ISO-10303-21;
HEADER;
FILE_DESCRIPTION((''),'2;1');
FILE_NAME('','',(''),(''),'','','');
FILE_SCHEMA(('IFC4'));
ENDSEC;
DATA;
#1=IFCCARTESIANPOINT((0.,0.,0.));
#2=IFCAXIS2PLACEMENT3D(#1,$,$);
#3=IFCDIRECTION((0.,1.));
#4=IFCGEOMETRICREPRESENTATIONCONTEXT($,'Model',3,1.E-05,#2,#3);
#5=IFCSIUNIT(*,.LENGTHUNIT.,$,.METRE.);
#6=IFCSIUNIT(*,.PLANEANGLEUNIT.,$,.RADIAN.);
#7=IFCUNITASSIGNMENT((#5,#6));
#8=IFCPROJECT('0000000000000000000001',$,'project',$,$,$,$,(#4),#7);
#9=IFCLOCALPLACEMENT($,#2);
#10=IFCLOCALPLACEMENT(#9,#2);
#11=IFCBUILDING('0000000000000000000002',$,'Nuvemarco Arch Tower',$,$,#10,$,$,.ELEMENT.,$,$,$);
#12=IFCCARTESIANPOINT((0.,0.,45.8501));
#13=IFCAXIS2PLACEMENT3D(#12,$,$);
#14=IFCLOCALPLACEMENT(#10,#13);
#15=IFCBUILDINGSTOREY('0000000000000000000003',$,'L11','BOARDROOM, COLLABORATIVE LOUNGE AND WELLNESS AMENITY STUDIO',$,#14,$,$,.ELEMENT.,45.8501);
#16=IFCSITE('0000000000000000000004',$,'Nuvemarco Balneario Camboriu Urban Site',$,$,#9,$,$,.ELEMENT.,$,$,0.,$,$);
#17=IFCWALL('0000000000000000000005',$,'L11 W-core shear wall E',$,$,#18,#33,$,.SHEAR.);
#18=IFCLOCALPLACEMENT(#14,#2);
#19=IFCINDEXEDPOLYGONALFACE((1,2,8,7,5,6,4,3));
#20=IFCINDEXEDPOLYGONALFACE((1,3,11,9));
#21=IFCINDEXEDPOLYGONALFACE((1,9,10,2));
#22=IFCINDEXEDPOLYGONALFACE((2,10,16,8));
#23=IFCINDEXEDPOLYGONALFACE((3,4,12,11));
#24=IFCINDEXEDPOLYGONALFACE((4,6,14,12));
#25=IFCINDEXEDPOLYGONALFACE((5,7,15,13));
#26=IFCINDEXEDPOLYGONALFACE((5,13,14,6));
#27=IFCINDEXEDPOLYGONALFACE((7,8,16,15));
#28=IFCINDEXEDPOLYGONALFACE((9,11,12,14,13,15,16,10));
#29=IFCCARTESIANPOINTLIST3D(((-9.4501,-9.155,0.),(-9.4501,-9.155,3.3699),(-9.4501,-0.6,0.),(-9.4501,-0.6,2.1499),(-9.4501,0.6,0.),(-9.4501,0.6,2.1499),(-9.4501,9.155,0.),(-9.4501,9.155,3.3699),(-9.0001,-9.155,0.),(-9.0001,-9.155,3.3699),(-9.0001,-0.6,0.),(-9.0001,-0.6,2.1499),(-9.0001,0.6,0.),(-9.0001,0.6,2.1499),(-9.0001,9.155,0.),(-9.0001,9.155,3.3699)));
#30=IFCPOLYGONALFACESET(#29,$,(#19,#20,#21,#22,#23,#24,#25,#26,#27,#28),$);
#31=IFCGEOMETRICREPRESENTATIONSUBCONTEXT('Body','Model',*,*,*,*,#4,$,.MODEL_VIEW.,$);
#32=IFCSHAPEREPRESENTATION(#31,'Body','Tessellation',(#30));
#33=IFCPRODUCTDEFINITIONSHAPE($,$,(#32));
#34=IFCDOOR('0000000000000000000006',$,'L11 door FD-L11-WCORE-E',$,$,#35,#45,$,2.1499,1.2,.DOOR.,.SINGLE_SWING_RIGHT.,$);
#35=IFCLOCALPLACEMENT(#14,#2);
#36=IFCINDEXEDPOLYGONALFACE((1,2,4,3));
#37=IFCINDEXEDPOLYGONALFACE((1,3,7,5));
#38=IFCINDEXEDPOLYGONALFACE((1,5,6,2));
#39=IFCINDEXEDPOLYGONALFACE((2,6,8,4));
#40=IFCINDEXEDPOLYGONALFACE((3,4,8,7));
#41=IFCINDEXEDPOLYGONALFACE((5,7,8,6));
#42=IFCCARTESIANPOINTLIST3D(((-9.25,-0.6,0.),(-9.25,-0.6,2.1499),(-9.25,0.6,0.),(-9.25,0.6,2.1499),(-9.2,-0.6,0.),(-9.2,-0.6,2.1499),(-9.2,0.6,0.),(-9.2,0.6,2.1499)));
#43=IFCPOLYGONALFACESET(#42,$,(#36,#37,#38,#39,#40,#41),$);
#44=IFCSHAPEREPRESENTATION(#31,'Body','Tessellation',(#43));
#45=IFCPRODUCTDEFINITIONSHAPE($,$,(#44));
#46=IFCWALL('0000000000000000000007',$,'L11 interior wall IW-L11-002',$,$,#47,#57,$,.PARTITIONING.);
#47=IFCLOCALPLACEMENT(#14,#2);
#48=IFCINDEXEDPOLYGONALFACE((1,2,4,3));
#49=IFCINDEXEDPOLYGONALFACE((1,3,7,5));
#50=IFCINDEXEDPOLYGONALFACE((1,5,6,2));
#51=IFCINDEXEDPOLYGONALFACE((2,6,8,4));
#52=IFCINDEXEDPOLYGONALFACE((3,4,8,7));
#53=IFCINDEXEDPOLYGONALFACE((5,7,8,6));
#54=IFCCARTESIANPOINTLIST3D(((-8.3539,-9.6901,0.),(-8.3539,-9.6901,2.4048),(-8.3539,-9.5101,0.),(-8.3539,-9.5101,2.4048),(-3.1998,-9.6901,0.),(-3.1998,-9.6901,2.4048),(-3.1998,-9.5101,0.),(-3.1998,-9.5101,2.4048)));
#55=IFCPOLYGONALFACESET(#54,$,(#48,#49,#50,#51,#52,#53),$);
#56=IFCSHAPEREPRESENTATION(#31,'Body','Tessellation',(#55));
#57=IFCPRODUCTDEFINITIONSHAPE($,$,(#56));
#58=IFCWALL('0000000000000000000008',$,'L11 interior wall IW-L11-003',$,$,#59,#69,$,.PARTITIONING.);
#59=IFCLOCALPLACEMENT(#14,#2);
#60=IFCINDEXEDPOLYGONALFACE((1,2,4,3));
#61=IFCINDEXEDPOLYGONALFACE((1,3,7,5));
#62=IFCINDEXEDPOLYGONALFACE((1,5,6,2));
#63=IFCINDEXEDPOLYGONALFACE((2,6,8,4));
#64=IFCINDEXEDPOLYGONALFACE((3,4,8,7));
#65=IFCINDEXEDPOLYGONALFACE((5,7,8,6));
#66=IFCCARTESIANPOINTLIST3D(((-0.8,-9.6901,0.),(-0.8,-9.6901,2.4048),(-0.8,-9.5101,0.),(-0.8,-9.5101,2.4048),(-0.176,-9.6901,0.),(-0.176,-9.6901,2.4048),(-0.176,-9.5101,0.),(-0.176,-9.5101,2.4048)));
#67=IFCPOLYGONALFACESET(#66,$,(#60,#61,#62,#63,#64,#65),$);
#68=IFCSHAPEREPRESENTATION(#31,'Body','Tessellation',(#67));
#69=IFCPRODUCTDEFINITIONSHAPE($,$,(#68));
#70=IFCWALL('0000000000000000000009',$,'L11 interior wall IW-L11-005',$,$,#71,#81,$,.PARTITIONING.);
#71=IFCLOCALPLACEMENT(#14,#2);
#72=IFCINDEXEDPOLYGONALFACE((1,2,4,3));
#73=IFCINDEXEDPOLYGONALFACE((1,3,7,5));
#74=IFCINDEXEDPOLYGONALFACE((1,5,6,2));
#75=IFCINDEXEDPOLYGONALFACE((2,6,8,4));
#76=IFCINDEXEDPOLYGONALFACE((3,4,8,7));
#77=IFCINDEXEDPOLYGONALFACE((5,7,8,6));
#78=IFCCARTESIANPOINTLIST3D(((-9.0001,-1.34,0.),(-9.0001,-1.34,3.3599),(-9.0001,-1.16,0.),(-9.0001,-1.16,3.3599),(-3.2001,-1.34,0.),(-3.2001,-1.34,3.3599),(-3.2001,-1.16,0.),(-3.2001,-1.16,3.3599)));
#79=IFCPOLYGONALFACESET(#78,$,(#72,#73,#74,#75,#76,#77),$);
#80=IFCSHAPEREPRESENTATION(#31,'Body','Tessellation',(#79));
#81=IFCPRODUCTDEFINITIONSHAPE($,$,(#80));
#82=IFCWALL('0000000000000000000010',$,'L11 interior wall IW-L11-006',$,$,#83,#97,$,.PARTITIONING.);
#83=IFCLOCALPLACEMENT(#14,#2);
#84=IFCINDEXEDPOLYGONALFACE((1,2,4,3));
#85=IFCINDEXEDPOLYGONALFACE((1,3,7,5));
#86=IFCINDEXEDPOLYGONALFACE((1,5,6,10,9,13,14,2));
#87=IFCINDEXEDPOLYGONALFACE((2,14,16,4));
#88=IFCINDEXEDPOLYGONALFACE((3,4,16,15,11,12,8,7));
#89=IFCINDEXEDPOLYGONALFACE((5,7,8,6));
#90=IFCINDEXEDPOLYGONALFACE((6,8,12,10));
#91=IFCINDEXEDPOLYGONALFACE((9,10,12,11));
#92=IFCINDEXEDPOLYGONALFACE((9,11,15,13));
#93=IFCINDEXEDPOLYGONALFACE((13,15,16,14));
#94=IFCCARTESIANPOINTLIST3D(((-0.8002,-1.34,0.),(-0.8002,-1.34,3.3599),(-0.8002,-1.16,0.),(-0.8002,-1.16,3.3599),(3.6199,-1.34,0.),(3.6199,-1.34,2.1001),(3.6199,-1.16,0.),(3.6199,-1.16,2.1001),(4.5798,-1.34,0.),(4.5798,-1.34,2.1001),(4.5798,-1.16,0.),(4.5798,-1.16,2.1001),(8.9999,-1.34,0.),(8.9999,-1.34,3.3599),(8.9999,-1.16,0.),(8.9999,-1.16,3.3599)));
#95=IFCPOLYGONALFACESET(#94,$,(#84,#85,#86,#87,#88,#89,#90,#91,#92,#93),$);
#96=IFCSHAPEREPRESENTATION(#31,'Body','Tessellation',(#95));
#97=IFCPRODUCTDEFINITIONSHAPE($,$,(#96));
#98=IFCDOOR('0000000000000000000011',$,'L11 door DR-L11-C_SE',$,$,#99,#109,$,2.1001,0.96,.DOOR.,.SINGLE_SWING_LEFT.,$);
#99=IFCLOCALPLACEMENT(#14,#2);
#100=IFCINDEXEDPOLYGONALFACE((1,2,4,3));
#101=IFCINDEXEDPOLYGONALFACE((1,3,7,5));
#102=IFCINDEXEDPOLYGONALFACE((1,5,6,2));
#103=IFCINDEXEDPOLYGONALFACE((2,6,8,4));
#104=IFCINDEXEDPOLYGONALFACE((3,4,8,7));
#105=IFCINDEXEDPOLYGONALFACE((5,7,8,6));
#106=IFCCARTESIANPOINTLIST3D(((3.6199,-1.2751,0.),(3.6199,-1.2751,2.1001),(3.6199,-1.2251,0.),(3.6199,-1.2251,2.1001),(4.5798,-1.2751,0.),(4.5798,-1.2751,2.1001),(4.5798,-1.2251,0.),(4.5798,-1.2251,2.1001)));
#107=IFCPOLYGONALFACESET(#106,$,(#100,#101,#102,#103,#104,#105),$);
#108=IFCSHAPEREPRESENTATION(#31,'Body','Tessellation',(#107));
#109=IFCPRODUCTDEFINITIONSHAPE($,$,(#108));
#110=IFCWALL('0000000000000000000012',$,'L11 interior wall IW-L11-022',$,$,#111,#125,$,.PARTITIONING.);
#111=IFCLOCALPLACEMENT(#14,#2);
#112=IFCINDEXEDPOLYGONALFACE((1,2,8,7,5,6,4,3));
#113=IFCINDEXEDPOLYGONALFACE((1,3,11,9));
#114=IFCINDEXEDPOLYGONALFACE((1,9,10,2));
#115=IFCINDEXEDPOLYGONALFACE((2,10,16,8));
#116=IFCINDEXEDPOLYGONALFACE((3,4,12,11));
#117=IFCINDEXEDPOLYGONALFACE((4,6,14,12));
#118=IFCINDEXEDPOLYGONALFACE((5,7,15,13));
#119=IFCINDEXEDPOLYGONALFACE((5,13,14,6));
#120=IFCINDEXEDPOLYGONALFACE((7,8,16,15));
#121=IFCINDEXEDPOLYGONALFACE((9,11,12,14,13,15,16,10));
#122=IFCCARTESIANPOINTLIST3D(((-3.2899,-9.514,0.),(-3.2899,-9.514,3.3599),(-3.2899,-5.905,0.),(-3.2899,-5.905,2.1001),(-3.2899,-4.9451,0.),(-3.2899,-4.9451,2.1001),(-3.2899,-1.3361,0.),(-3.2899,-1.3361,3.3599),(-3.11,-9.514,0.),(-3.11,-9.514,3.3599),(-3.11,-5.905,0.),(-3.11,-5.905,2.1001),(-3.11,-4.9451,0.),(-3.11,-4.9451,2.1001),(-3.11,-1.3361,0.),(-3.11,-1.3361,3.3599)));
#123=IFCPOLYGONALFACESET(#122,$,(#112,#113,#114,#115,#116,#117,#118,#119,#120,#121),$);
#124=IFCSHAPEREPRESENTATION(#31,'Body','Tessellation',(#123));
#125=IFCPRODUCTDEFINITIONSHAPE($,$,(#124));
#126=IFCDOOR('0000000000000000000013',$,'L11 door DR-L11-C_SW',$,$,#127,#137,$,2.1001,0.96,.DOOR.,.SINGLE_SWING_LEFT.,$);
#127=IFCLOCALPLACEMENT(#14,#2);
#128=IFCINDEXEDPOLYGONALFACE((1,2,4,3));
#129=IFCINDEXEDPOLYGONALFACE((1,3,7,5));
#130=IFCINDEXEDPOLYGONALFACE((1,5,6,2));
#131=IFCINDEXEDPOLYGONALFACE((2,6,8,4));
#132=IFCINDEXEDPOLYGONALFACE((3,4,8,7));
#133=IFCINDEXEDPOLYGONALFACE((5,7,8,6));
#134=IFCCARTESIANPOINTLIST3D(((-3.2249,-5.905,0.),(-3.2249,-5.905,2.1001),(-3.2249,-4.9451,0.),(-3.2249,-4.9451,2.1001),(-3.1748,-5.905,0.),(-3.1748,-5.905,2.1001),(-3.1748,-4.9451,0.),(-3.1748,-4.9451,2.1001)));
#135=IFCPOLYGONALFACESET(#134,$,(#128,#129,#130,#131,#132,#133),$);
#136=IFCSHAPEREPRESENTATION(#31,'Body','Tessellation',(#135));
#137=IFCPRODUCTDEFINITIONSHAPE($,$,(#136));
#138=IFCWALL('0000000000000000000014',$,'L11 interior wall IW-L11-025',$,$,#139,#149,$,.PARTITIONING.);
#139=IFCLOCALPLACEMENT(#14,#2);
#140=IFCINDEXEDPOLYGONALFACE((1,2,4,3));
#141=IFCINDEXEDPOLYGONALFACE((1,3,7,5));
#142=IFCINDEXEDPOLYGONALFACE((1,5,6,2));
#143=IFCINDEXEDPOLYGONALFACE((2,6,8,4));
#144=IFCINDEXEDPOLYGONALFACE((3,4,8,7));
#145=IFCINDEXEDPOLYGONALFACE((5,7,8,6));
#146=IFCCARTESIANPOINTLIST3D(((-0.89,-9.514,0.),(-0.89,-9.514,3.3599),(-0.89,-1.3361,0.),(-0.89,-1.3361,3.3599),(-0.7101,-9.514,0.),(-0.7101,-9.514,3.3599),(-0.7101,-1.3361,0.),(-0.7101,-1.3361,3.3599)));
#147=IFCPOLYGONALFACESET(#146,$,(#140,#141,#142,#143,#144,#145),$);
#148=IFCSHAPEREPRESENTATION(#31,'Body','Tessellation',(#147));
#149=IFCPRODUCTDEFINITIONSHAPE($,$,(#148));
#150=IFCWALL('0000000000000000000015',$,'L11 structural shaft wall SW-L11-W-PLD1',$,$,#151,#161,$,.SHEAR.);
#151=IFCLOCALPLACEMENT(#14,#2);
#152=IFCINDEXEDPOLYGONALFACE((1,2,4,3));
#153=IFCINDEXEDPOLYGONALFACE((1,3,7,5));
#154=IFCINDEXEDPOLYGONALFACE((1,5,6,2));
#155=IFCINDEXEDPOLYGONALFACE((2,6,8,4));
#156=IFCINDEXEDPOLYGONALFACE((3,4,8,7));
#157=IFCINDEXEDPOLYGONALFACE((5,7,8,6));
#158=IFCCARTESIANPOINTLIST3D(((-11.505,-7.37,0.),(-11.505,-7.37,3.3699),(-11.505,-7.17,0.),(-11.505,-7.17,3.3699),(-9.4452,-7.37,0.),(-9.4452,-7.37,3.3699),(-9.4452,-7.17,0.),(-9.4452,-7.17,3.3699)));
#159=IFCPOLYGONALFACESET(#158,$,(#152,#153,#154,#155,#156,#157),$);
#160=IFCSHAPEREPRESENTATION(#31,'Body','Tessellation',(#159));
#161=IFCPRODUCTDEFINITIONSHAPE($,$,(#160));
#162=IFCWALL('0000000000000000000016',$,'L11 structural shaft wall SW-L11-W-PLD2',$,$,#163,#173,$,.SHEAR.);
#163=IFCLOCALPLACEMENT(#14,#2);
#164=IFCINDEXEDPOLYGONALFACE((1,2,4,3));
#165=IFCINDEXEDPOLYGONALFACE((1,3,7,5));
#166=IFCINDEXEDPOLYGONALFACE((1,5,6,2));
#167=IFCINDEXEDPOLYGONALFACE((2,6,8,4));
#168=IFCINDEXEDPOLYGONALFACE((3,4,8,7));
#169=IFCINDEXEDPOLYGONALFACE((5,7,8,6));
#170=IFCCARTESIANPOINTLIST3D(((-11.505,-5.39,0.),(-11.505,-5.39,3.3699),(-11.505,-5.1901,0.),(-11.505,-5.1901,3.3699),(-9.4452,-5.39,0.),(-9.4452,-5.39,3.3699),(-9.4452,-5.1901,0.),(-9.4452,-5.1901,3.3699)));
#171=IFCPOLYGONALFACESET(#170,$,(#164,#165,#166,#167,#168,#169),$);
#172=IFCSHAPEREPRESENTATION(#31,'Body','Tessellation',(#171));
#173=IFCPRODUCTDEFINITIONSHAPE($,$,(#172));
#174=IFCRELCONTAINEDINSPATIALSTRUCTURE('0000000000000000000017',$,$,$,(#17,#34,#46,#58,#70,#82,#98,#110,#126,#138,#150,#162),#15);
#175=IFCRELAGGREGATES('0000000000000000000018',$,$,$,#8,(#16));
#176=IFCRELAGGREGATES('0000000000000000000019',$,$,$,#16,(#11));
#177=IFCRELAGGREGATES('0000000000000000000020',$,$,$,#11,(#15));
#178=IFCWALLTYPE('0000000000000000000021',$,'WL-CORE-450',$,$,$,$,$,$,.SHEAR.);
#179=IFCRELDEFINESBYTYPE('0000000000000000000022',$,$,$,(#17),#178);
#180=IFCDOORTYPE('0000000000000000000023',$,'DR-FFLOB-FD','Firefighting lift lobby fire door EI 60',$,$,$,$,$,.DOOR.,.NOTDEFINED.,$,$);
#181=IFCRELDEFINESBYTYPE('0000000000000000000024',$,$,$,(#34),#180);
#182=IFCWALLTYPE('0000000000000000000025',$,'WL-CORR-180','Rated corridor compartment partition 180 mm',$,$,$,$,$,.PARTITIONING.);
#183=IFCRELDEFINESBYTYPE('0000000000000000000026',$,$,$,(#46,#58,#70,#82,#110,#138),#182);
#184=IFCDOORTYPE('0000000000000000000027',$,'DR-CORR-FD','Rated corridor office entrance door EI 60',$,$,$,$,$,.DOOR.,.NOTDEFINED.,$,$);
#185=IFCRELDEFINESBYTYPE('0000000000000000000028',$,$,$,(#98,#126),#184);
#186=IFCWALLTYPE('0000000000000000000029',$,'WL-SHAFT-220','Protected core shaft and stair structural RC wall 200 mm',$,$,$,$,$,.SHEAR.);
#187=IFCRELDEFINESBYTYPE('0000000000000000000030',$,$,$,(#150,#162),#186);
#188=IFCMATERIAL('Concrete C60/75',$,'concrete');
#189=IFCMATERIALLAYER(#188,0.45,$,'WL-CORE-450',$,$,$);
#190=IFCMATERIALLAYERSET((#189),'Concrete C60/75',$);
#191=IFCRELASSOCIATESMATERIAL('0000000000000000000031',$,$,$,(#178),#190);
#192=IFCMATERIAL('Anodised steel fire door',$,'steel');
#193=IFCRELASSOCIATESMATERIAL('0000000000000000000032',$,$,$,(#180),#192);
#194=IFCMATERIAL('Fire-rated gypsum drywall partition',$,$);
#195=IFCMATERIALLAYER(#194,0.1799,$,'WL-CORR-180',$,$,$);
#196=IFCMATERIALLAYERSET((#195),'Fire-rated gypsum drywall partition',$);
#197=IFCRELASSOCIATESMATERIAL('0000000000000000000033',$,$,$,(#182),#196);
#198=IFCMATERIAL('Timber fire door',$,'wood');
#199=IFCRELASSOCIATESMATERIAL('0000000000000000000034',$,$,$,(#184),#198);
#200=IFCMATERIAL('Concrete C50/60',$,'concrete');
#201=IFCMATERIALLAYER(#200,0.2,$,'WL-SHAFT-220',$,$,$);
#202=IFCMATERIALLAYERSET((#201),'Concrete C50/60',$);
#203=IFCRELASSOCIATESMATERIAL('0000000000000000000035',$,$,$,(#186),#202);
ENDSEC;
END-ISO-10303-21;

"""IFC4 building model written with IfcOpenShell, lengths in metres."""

from ifc_helpers import new_model, si_unit, direction, frame, frame_2d, origin, place, context, subcontext, project, spatial, rectangle, extrude, source, transform, mapped, material, layer, layer_set, type_object, type_shapes, element, fill, save


model = new_model("IFC4")

# Units and contexts
model_context = context("Model", 3, precision=1e-05, world=origin(), true_north=direction((0.0, 1.0)))
body_context = subcontext(model_context, "Body", "Model", "MODEL_VIEW")
ifc_project = project(units=[si_unit("LENGTHUNIT", "METRE"), si_unit("PLANEANGLEUNIT", "RADIAN")], contexts=[model_context])

# Site, building, storey
site_placement = place(None, origin())
site = spatial("IfcSite", under=ifc_project, at=site_placement, Name="Nuvemarco Balneario Camboriu Urban Site", CompositionType="ELEMENT", RefElevation=0.0)
building_placement = place(site_placement, origin())
building = spatial("IfcBuilding", under=site, at=building_placement, Name="Nuvemarco Arch Tower", CompositionType="ELEMENT")
storey_placement = place(building_placement, frame((0.0, 0.0, 45.8501)))
storey = spatial("IfcBuildingStorey", under=building, at=storey_placement, Name="L11", Description="BOARDROOM, COLLABORATIVE LOUNGE AND WELLNESS AMENITY STUDIO", CompositionType="ELEMENT", Elevation=45.8501)

# Shared definitions
ifc_material_1 = material(Name="Concrete C60/75", Category="concrete")

# Wall, opening, door
ifc_layer_1 = layer(ifc_material_1, 0.45, Name="WL-CORE-450")
ifc_layer_set_1 = layer_set([ifc_layer_1], Name="Concrete C60/75")
wall_type_1 = type_object("IfcWallType", Name="WL-CORE-450", PredefinedType="SHEAR", material=ifc_layer_set_1)
wall_1_placement = place(storey_placement, frame((-9.2251, -9.155, 0.0), z_axis=(0.0, 0.0, 1.0), x_axis=(0.0, 1.0, 0.0)))
wall_1 = element("IfcWall", 1, at=wall_1_placement, inside=storey, type_object=wall_type_1, Name="L11 W-core shear wall E", PredefinedType="SHEAR", context=body_context, shape_type="SweptSolid", body=[
    extrude(rectangle(XDim=18.3101, YDim=0.45, at=frame_2d((9.155, 0.0))), origin(), (0.0, 0.0, 1.0), 3.3699),
])
opening_1_placement = place(wall_1_placement, frame((8.5549, 0.0, 0.0)))
opening_1 = element("IfcOpeningElement", 2, at=opening_1_placement, cuts=wall_1, PredefinedType="OPENING", context=body_context, shape_type="SweptSolid", body=[
    extrude(rectangle(XDim=1.2, YDim=2.1499, at=frame_2d((0.6001, 1.075))), frame((0.0, 0.2349, 0.0), z_axis=(0.0, -1.0, 0.0), x_axis=(1.0, 0.0, 0.0)), (0.0, 0.0, 1.0), 0.47),
])
ifc_material_2 = material(Name="Anodised steel fire door", Category="steel")
door_type_1 = type_object("IfcDoorType", Name="DR-FFLOB-FD", Description="Firefighting lift lobby fire door EI 60", OperationType="NOTDEFINED", PredefinedType="DOOR", material=ifc_material_2)
shared_shape_1 = source(origin(), body_context, "Body", "SweptSolid", [
    extrude(rectangle(XDim=1.2, YDim=2.1499, at=frame_2d((0.6001, 1.075))), frame((0.0, 0.0249, 0.0), z_axis=(0.0, -1.0, 0.0), x_axis=(1.0, 0.0, 0.0)), (0.0, 0.0, 1.0), 0.05),
])
type_shapes(door_type_1, [shared_shape_1])
door_1_placement = place(opening_1_placement, origin())
door_1 = element("IfcDoor", 3, at=door_1_placement, inside=storey, type_object=door_type_1, Name="L11 door FD-L11-WCORE-E", OperationType="SINGLE_SWING_RIGHT", OverallHeight=2.1499, OverallWidth=1.2, PredefinedType="DOOR", context=body_context, shape_type="MappedRepresentation", body=[
    mapped(shared_shape_1, transform((0.0, 0.0, 0.0), scale=1.0)),
])
fill(opening_1, door_1)

# Walls
ifc_material_3 = material(Name="Fire-rated gypsum drywall partition")
ifc_layer_2 = layer(ifc_material_3, 0.1799, Name="WL-CORR-180")
ifc_layer_set_2 = layer_set([ifc_layer_2], Name="Fire-rated gypsum drywall partition")
wall_type_2 = type_object("IfcWallType", Name="WL-CORR-180", Description="Rated corridor compartment partition 180 mm", PredefinedType="PARTITIONING", material=ifc_layer_set_2)
wall_2_placement = place(storey_placement, frame((-8.354, -9.6001, 0.0), z_axis=(0.0, 0.0, 1.0), x_axis=(1.0, 0.0, 0.0)))
element("IfcWall", 4, at=wall_2_placement, inside=storey, type_object=wall_type_2, Name="L11 interior wall IW-L11-002", PredefinedType="PARTITIONING", context=body_context, shape_type="SweptSolid", body=[
    extrude(rectangle(XDim=5.1541, YDim=0.1799, at=frame_2d((2.5771, 0.0))), origin(), (0.0, 0.0, 1.0), 2.4048),
])
wall_3_placement = place(storey_placement, frame((-0.8, -9.6001, 0.0), z_axis=(0.0, 0.0, 1.0), x_axis=(1.0, 0.0, 0.0)))
element("IfcWall", 5, at=wall_3_placement, inside=storey, type_object=wall_type_2, Name="L11 interior wall IW-L11-003", PredefinedType="PARTITIONING", context=body_context, shape_type="SweptSolid", body=[
    extrude(rectangle(XDim=0.624, YDim=0.1799, at=frame_2d((0.312, 0.0))), origin(), (0.0, 0.0, 1.0), 2.4048),
])
wall_4_placement = place(storey_placement, frame((-9.0, -1.25, 0.0), z_axis=(0.0, 0.0, 1.0), x_axis=(1.0, 0.0, 0.0)))
element("IfcWall", 6, at=wall_4_placement, inside=storey, type_object=wall_type_2, Name="L11 interior wall IW-L11-005", PredefinedType="PARTITIONING", context=body_context, shape_type="SweptSolid", body=[
    extrude(rectangle(XDim=5.8, YDim=0.1799, at=frame_2d((2.8999, 0.0))), origin(), (0.0, 0.0, 1.0), 3.3599),
])

# Walls, openings, doors
wall_5_placement = place(storey_placement, frame((-0.8, -1.25, 0.0), z_axis=(0.0, 0.0, 1.0), x_axis=(1.0, 0.0, 0.0)))
wall_5 = element("IfcWall", 7, at=wall_5_placement, inside=storey, type_object=wall_type_2, Name="L11 interior wall IW-L11-006", PredefinedType="PARTITIONING", context=body_context, shape_type="SweptSolid", body=[
    extrude(rectangle(XDim=9.8, YDim=0.1799, at=frame_2d((4.8999, 0.0))), origin(), (0.0, 0.0, 1.0), 3.3599),
])
opening_2_placement = place(wall_5_placement, frame((4.4199, 0.0, 0.0)))
opening_2 = element("IfcOpeningElement", 8, at=opening_2_placement, cuts=wall_5, PredefinedType="OPENING", context=body_context, shape_type="SweptSolid", body=[
    extrude(rectangle(XDim=0.96, YDim=2.1001, at=frame_2d((0.48, 1.05))), frame((0.0, 0.0999, 0.0), z_axis=(0.0, -1.0, 0.0), x_axis=(1.0, 0.0, 0.0)), (0.0, 0.0, 1.0), 0.2),
])
ifc_material_4 = material(Name="Timber fire door", Category="wood")
door_type_2 = type_object("IfcDoorType", Name="DR-CORR-FD", Description="Rated corridor office entrance door EI 60", OperationType="NOTDEFINED", PredefinedType="DOOR", material=ifc_material_4)
shared_shape_2 = source(origin(), body_context, "Body", "SweptSolid", [
    extrude(rectangle(XDim=0.96, YDim=2.1001, at=frame_2d((0.48, 1.05))), frame((0.0, 0.0249, 0.0), z_axis=(0.0, -1.0, 0.0), x_axis=(1.0, 0.0, 0.0)), (0.0, 0.0, 1.0), 0.05),
])
type_shapes(door_type_2, [shared_shape_2])
door_2_placement = place(opening_2_placement, origin())
door_2 = element("IfcDoor", 9, at=door_2_placement, inside=storey, type_object=door_type_2, Name="L11 door DR-L11-C_SE", OperationType="SINGLE_SWING_LEFT", OverallHeight=2.1001, OverallWidth=0.96, PredefinedType="DOOR", context=body_context, shape_type="MappedRepresentation", body=[
    mapped(shared_shape_2, transform((0.0, 0.0, 0.0), scale=1.0)),
])
fill(opening_2, door_2)
wall_6_placement = place(storey_placement, frame((-3.2, -9.5139, 0.0), z_axis=(0.0, 0.0, 1.0), x_axis=(0.0, 1.0, 0.0)))
wall_6 = element("IfcWall", 10, at=wall_6_placement, inside=storey, type_object=wall_type_2, Name="L11 interior wall IW-L11-022", PredefinedType="PARTITIONING", context=body_context, shape_type="SweptSolid", body=[
    extrude(rectangle(XDim=8.178, YDim=0.1799, at=frame_2d((4.0889, 0.0))), origin(), (0.0, 0.0, 1.0), 3.3599),
])
opening_3_placement = place(wall_6_placement, frame((3.6089, 0.0, 0.0)))
opening_3 = element("IfcOpeningElement", 11, at=opening_3_placement, cuts=wall_6, PredefinedType="OPENING", context=body_context, shape_type="SweptSolid", body=[
    extrude(rectangle(XDim=0.96, YDim=2.1001, at=frame_2d((0.48, 1.05))), frame((0.0, 0.0999, 0.0), z_axis=(0.0, -1.0, 0.0), x_axis=(1.0, 0.0, 0.0)), (0.0, 0.0, 1.0), 0.2),
])
door_3_placement = place(opening_3_placement, origin())
door_3 = element("IfcDoor", 12, at=door_3_placement, inside=storey, type_object=door_type_2, Name="L11 door DR-L11-C_SW", OperationType="SINGLE_SWING_LEFT", OverallHeight=2.1001, OverallWidth=0.96, PredefinedType="DOOR", context=body_context, shape_type="MappedRepresentation", body=[
    mapped(shared_shape_2, transform((0.0, 0.0, 0.0), scale=1.0)),
])
fill(opening_3, door_3)

# Walls
wall_7_placement = place(storey_placement, frame((-0.8, -9.5139, 0.0), z_axis=(0.0, 0.0, 1.0), x_axis=(0.0, 1.0, 0.0)))
element("IfcWall", 13, at=wall_7_placement, inside=storey, type_object=wall_type_2, Name="L11 interior wall IW-L11-025", PredefinedType="PARTITIONING", context=body_context, shape_type="SweptSolid", body=[
    extrude(rectangle(XDim=8.178, YDim=0.1799, at=frame_2d((4.0889, 0.0))), origin(), (0.0, 0.0, 1.0), 3.3599),
])
ifc_material_5 = material(Name="Concrete C50/60", Category="concrete")
ifc_layer_3 = layer(ifc_material_5, 0.2, Name="WL-SHAFT-220")
ifc_layer_set_3 = layer_set([ifc_layer_3], Name="Concrete C50/60")
wall_type_3 = type_object("IfcWallType", Name="WL-SHAFT-220", Description="Protected core shaft and stair structural RC wall 200 mm", PredefinedType="SHEAR", material=ifc_layer_set_3)
for number, where, z_axis, x_axis, name in (
    (14, (-11.5049, -7.27, 0.0), (0.0, 0.0, 1.0), (1.0, 0.0, 0.0), "L11 structural shaft wall SW-L11-W-PLD1"),
    (15, (-11.5049, -5.29, 0.0), (0.0, 0.0, 1.0), (1.0, 0.0, 0.0), "L11 structural shaft wall SW-L11-W-PLD2"),
):
    element("IfcWall", number, at=place(storey_placement, frame(where, z_axis=z_axis, x_axis=x_axis)), inside=storey, type_object=wall_type_3, Name=name, PredefinedType="SHEAR", context=body_context, shape_type="SweptSolid", body=[
        extrude(rectangle(XDim=2.0598, YDim=0.2, at=frame_2d((1.0298, 0.0))), origin(), (0.0, 0.0, 1.0), 3.3699),
    ])

save(model, "model.ifc")
